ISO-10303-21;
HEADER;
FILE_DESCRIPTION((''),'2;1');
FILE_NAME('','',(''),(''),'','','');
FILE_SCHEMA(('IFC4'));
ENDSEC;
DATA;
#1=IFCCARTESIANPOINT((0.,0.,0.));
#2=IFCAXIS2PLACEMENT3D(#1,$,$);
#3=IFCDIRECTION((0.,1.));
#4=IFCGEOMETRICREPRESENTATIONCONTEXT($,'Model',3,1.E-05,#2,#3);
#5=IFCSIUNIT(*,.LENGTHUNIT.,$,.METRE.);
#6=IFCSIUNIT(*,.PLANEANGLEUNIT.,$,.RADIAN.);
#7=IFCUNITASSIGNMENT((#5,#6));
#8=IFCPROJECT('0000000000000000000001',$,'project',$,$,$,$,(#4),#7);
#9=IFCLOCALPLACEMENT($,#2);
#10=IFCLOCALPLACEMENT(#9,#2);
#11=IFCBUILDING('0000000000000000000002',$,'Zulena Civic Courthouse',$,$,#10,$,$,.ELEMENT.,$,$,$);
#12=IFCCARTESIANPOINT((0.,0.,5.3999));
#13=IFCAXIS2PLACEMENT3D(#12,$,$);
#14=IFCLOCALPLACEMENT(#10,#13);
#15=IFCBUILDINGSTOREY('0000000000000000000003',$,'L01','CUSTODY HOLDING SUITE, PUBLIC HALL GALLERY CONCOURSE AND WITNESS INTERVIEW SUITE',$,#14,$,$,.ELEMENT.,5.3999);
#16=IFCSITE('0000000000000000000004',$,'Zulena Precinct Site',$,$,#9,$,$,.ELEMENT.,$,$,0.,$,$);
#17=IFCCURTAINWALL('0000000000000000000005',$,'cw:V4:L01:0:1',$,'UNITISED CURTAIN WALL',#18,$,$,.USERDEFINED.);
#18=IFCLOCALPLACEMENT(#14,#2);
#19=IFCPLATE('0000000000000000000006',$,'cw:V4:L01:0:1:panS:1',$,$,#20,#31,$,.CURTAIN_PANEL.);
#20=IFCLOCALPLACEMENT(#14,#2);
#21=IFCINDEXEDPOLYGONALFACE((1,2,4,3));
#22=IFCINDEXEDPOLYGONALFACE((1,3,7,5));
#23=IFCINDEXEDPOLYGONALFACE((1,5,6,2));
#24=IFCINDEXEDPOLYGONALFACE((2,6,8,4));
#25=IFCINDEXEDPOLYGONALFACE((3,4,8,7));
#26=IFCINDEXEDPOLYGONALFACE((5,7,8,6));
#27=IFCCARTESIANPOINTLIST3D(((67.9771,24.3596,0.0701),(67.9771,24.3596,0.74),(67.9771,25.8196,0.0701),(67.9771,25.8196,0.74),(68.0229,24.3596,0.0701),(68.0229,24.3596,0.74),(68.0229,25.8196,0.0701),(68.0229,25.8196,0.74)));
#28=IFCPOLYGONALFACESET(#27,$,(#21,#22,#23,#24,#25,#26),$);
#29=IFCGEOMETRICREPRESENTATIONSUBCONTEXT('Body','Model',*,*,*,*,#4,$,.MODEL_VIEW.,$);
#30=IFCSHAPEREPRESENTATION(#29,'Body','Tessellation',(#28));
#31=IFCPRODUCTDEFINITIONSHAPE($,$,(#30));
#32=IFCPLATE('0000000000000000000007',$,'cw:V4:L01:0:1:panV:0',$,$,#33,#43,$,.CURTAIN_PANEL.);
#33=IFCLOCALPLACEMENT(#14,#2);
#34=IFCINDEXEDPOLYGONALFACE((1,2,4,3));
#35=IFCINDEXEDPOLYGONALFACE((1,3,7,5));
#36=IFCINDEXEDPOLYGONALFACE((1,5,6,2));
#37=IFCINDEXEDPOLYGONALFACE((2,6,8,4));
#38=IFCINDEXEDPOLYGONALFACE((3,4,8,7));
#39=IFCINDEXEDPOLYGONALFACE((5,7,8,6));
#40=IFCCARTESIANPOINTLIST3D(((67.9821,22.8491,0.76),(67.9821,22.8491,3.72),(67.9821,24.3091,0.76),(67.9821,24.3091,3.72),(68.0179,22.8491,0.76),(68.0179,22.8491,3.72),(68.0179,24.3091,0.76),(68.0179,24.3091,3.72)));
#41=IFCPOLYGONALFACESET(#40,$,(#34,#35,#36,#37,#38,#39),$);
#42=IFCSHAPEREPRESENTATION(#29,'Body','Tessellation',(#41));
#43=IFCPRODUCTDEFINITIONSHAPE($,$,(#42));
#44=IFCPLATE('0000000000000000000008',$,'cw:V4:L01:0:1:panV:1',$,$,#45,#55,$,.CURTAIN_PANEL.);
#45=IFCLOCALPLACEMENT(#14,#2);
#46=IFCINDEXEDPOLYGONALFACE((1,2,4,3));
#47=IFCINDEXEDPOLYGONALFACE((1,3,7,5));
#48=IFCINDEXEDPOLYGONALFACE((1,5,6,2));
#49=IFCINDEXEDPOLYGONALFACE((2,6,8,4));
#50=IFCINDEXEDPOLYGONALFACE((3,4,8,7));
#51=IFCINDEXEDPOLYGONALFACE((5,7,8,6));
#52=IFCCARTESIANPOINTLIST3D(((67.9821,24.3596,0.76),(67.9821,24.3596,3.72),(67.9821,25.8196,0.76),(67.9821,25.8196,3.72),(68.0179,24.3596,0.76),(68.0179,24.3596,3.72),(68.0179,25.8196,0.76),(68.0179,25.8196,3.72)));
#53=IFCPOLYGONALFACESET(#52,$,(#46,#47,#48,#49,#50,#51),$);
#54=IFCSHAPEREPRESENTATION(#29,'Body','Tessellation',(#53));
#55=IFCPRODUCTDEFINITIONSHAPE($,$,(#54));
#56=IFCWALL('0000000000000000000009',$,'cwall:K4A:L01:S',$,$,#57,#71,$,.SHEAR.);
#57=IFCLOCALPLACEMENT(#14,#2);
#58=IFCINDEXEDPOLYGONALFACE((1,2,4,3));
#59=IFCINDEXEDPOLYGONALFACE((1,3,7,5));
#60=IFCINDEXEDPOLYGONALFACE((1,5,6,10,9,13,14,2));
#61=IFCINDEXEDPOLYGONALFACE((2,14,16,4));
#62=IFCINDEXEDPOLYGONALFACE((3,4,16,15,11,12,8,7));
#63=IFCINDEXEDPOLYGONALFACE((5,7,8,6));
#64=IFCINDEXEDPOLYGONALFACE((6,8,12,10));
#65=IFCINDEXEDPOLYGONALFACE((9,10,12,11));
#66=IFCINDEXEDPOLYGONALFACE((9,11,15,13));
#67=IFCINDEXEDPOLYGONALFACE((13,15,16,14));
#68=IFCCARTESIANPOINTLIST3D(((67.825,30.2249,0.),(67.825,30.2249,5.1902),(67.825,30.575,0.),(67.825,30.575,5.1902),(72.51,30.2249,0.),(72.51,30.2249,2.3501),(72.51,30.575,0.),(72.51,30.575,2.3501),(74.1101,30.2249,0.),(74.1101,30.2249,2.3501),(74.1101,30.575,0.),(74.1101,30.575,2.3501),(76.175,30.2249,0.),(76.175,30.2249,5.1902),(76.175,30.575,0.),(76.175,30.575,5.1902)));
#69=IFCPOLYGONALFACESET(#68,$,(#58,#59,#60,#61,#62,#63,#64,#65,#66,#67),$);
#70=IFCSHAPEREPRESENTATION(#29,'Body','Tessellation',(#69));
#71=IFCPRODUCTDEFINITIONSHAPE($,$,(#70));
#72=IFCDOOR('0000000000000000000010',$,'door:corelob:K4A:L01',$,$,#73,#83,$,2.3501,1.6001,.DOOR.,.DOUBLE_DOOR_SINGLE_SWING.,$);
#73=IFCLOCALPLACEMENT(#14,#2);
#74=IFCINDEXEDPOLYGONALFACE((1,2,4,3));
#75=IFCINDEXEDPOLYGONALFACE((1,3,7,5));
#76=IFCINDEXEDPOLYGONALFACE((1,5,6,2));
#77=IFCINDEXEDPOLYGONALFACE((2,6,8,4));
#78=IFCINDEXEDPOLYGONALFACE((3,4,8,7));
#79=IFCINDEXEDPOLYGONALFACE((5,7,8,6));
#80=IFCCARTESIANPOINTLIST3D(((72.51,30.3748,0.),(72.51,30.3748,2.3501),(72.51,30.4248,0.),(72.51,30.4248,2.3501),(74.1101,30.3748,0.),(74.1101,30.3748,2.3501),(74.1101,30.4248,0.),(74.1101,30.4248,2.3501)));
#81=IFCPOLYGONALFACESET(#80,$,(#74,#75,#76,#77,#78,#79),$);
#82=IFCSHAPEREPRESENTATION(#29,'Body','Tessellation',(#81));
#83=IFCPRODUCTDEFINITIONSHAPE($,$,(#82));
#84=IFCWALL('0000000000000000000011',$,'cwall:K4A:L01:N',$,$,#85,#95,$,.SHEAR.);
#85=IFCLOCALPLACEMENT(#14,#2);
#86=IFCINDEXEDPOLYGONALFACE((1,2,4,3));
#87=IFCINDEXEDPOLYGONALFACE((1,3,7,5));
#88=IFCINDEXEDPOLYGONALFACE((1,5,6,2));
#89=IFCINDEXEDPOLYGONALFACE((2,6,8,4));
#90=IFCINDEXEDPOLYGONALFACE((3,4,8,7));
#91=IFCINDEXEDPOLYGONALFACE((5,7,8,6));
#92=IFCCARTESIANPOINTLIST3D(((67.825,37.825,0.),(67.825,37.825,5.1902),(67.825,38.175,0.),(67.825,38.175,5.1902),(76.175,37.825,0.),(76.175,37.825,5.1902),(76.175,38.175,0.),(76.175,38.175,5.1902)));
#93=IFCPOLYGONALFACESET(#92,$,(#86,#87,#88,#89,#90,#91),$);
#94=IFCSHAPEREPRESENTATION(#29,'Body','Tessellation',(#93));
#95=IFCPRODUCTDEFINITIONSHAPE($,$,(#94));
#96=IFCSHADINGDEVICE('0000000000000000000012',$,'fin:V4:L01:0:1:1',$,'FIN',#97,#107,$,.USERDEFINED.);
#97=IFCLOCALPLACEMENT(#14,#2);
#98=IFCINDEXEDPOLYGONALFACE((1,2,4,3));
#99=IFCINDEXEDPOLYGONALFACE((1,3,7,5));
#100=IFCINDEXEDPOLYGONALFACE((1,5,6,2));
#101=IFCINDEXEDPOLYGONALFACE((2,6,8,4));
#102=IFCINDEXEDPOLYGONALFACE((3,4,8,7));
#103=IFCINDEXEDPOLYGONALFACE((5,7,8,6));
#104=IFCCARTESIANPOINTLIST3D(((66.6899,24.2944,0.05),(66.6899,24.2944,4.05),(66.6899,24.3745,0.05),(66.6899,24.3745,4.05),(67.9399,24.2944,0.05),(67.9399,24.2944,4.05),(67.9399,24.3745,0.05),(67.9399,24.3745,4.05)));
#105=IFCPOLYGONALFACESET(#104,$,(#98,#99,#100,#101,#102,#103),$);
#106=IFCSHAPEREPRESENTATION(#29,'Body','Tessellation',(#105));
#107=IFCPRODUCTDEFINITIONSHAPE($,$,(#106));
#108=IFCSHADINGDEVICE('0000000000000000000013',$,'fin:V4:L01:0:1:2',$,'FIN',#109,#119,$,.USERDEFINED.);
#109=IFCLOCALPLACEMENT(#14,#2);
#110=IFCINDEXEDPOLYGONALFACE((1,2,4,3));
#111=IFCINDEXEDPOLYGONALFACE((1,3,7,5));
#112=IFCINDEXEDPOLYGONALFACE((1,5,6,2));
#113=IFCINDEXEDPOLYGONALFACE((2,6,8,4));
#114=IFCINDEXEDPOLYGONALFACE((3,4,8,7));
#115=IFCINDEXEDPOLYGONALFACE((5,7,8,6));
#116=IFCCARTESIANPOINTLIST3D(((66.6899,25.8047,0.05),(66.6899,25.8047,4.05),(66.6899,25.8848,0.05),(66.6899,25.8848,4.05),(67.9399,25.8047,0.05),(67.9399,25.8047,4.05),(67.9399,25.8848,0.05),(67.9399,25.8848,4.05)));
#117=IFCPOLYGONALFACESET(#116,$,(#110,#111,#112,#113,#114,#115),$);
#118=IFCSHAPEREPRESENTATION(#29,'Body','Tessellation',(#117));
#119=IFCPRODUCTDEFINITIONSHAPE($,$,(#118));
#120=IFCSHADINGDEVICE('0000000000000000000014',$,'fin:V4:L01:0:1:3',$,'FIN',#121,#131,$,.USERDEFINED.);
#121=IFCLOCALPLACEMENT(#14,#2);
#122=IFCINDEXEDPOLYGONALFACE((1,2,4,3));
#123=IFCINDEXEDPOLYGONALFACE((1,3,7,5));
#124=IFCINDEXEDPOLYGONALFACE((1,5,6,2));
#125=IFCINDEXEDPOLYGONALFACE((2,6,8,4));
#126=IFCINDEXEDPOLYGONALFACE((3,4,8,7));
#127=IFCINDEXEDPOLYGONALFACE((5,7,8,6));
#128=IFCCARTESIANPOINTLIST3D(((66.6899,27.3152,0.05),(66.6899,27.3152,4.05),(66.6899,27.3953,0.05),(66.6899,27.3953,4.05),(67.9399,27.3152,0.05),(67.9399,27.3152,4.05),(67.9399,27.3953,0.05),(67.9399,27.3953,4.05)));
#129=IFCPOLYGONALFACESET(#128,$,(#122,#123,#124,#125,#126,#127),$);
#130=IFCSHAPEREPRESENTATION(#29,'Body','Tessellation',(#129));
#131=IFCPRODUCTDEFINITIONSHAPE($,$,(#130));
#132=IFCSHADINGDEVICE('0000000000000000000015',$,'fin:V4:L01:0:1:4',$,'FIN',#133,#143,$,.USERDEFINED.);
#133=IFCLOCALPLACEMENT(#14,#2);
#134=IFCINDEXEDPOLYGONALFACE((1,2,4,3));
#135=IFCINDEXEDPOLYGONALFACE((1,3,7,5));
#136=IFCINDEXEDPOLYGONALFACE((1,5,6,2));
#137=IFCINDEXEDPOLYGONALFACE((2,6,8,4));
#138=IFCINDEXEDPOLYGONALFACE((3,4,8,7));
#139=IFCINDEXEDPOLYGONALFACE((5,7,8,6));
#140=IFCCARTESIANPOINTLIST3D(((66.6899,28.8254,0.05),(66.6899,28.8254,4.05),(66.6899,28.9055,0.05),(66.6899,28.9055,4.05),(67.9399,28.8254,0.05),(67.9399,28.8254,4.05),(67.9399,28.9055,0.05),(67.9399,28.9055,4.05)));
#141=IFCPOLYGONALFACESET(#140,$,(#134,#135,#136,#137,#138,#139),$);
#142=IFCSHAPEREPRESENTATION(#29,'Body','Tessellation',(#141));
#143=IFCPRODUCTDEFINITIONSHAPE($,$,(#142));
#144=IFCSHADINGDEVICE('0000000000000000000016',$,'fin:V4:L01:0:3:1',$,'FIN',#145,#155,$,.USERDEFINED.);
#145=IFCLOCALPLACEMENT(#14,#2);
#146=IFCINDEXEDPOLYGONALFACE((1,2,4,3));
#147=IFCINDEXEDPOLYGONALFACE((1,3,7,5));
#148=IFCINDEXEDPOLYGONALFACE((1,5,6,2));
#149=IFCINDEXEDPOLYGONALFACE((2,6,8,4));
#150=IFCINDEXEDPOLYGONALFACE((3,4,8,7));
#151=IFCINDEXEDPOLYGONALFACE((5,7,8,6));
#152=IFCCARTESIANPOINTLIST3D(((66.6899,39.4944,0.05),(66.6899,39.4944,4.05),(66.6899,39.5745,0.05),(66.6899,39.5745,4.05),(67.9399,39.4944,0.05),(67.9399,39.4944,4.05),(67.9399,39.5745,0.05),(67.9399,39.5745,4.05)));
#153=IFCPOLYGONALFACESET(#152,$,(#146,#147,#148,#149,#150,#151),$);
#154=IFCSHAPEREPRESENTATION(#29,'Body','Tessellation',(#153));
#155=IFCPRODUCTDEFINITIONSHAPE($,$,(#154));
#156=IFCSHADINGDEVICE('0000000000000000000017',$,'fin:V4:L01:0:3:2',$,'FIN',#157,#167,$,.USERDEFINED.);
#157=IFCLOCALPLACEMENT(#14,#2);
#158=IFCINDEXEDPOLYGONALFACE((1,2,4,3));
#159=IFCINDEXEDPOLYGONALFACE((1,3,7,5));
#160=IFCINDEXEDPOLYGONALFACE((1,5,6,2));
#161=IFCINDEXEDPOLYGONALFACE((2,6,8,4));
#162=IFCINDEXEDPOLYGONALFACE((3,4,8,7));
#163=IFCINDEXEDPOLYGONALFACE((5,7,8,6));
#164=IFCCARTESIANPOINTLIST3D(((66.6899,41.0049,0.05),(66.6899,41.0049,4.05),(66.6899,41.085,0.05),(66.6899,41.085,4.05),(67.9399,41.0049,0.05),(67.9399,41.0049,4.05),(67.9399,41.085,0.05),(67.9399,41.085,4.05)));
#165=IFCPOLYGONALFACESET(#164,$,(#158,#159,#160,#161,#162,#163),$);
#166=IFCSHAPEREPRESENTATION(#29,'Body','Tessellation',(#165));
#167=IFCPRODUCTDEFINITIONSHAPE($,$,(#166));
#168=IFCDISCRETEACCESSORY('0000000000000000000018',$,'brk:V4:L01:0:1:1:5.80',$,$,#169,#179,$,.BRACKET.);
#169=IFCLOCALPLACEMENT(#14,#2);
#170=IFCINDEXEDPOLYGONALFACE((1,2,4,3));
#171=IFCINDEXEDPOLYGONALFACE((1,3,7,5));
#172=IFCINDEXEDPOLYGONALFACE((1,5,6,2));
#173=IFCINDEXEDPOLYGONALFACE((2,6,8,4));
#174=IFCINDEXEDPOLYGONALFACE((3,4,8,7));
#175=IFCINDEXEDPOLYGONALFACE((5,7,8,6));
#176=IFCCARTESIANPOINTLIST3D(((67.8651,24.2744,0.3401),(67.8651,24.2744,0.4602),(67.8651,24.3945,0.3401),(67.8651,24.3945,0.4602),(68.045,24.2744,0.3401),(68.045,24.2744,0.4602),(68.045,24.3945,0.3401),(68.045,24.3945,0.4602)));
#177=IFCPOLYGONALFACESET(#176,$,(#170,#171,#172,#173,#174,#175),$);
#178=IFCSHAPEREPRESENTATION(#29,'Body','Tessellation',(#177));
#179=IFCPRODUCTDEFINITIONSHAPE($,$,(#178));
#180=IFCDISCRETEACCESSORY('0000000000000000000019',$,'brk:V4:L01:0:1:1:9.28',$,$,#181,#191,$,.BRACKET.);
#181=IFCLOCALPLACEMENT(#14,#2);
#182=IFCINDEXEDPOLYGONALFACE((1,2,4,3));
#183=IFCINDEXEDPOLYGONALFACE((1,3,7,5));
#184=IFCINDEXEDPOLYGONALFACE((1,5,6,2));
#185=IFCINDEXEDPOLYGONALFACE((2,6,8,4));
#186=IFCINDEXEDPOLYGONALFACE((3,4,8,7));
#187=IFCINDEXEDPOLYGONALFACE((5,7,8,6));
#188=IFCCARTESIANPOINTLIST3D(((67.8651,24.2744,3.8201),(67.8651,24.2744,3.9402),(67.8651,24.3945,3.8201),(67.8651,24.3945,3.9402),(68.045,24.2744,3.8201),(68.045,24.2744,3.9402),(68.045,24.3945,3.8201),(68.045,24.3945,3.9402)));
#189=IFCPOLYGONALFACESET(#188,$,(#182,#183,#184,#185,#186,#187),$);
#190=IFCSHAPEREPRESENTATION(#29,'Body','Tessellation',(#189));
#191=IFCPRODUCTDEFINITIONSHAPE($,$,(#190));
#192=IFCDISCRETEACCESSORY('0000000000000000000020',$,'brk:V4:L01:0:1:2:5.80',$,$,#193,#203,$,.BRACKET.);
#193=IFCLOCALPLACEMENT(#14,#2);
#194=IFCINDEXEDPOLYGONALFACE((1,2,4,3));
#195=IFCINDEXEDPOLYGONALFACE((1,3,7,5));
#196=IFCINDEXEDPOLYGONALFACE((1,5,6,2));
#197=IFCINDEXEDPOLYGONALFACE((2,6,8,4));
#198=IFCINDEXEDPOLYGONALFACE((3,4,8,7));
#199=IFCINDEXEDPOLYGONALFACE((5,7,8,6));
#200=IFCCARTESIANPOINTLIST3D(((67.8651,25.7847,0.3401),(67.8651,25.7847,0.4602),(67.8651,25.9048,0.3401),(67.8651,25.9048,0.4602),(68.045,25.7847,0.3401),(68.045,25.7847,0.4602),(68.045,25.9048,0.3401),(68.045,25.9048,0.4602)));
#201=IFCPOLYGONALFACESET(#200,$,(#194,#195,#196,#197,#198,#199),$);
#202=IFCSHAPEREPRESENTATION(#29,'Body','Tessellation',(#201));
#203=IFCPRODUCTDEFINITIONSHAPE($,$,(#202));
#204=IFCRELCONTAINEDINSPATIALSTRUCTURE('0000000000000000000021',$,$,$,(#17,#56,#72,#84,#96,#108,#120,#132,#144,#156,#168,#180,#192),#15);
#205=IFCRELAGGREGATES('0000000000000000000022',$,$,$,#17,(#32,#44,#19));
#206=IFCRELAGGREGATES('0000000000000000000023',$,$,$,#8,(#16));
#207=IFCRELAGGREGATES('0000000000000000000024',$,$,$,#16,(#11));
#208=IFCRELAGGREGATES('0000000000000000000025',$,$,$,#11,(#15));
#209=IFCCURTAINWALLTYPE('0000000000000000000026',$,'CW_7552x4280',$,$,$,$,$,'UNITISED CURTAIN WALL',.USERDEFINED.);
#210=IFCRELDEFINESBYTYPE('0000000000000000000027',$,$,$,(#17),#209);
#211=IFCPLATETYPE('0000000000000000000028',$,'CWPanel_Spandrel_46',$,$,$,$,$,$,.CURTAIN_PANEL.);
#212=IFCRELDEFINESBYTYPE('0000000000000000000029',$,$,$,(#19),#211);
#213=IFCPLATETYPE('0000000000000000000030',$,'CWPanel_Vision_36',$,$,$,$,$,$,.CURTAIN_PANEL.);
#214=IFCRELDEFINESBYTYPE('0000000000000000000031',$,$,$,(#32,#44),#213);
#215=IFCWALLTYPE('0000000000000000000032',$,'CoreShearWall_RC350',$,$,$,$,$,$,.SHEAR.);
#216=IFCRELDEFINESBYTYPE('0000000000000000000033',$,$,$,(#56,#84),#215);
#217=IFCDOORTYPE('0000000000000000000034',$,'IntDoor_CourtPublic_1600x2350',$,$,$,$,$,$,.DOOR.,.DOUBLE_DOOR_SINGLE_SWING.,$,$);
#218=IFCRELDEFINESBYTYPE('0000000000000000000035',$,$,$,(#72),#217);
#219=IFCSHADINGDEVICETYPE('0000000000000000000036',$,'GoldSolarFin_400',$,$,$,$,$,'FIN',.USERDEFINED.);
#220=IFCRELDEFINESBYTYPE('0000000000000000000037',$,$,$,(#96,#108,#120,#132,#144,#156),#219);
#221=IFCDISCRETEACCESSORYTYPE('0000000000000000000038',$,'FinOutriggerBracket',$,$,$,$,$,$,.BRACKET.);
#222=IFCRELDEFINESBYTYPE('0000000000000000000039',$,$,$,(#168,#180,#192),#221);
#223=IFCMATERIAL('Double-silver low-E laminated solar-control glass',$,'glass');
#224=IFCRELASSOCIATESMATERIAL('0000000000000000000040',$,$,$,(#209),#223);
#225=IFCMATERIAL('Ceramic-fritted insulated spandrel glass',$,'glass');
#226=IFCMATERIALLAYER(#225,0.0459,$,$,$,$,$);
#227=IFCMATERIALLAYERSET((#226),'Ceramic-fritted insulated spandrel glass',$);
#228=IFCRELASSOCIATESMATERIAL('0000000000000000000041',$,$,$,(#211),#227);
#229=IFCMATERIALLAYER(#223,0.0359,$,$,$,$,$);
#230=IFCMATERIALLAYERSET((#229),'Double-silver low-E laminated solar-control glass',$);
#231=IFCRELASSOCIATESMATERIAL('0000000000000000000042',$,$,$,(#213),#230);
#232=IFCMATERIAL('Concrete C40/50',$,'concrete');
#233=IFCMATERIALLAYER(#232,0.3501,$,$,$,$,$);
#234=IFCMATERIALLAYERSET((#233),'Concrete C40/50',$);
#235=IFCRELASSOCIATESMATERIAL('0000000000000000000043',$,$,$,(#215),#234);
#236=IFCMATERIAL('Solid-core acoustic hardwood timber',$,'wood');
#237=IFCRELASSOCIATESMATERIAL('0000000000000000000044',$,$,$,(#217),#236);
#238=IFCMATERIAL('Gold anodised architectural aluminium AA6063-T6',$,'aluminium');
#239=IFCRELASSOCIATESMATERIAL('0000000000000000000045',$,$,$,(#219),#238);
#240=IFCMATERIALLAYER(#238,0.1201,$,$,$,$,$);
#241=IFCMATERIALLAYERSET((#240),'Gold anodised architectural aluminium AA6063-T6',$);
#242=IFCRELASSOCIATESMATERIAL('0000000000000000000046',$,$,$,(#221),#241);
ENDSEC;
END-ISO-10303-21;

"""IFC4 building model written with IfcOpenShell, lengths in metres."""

from ifc_helpers import new_model, si_unit, direction, frame, frame_2d, origin, origin_2d, place, context, subcontext, project, spatial, rectangle, extrude, material, layer, layer_set, type_object, element, fill, aggregate, save


model = new_model("IFC4")

# Units and contexts
model_context = context("Model", 3, precision=1e-05, world=origin(), true_north=direction((0.0, 1.0)))
body_context = subcontext(model_context, "Body", "Model", "MODEL_VIEW")
ifc_project = project(units=[si_unit("LENGTHUNIT", "METRE"), si_unit("PLANEANGLEUNIT", "RADIAN")], contexts=[model_context])

# Site, building, storey
site_placement = place(None, origin())
site = spatial("IfcSite", under=ifc_project, at=site_placement, Name="Zulena Precinct Site", CompositionType="ELEMENT", RefElevation=0.0)
building_placement = place(site_placement, origin())
building = spatial("IfcBuilding", under=site, at=building_placement, Name="Zulena Civic Courthouse", CompositionType="ELEMENT")
storey_placement = place(building_placement, frame((0.0, 0.0, 5.3999)))
storey = spatial("IfcBuildingStorey", under=building, at=storey_placement, Name="L01", Description="CUSTODY HOLDING SUITE, PUBLIC HALL GALLERY CONCOURSE AND WITNESS INTERVIEW SUITE", CompositionType="ELEMENT", Elevation=5.3999)

# Curtain wall, plates
ifc_material_1 = material(Name="Double-silver low-E laminated solar-control glass", Category="glass")
curtain_wall_type = type_object("IfcCurtainWallType", Name="CW_7552x4280", ElementType="UNITISED CURTAIN WALL", PredefinedType="USERDEFINED", material=ifc_material_1)
curtain_wall_placement = place(storey_placement, origin())
curtain_wall = element("IfcCurtainWall", 1, at=curtain_wall_placement, inside=storey, type_object=curtain_wall_type, Name="cw:V4:L01:0:1", ObjectType="UNITISED CURTAIN WALL", PredefinedType="USERDEFINED")
ifc_material_2 = material(Name="Ceramic-fritted insulated spandrel glass", Category="glass")
ifc_layer_1 = layer(ifc_material_2, 0.0459)
ifc_layer_set_1 = layer_set([ifc_layer_1], Name="Ceramic-fritted insulated spandrel glass")
plate_type_1 = type_object("IfcPlateType", Name="CWPanel_Spandrel_46", PredefinedType="CURTAIN_PANEL", material=ifc_layer_set_1)
plate_1_placement = place(storey_placement, frame((68.0, 25.0896, 0.0701), z_axis=(0.0, 0.0, 1.0), x_axis=(0.0, 1.0, 0.0)))
plate_1 = element("IfcPlate", 2, at=plate_1_placement, type_object=plate_type_1, Name="cw:V4:L01:0:1:panS:1", PredefinedType="CURTAIN_PANEL", context=body_context, shape_type="SweptSolid", body=[
    extrude(rectangle(XDim=1.46, YDim=0.0459, at=origin_2d()), origin(), (0.0, 0.0, 1.0), 0.6699),
])
ifc_layer_2 = layer(ifc_material_1, 0.0359)
ifc_layer_set_2 = layer_set([ifc_layer_2], Name="Double-silver low-E laminated solar-control glass")
plate_type_2 = type_object("IfcPlateType", Name="CWPanel_Vision_36", PredefinedType="CURTAIN_PANEL", material=ifc_layer_set_2)
plate_2_placement = place(storey_placement, frame((68.0, 23.5791, 0.76), z_axis=(0.0, 0.0, 1.0), x_axis=(0.0, 1.0, 0.0)))
plate_2 = element("IfcPlate", 3, at=plate_2_placement, type_object=plate_type_2, Name="cw:V4:L01:0:1:panV:0", PredefinedType="CURTAIN_PANEL", context=body_context, shape_type="SweptSolid", body=[
    extrude(rectangle(XDim=1.46, YDim=0.0359, at=origin_2d()), origin(), (0.0, 0.0, 1.0), 2.96),
])
plate_3_placement = place(storey_placement, frame((68.0, 25.0896, 0.76), z_axis=(0.0, 0.0, 1.0), x_axis=(0.0, 1.0, 0.0)))
plate_3 = element("IfcPlate", 4, at=plate_3_placement, type_object=plate_type_2, Name="cw:V4:L01:0:1:panV:1", PredefinedType="CURTAIN_PANEL", context=body_context, shape_type="SweptSolid", body=[
    extrude(rectangle(XDim=1.46, YDim=0.0359, at=origin_2d()), origin(), (0.0, 0.0, 1.0), 2.96),
])
aggregate(curtain_wall, [plate_2, plate_3, plate_1])

# Wall, opening, door
ifc_material_3 = material(Name="Concrete C40/50", Category="concrete")
ifc_layer_3 = layer(ifc_material_3, 0.3501)
ifc_layer_set_3 = layer_set([ifc_layer_3], Name="Concrete C40/50")
wall_type = type_object("IfcWallType", Name="CoreShearWall_RC350", PredefinedType="SHEAR", material=ifc_layer_set_3)
wall_1_placement = place(storey_placement, frame((67.825, 30.3999, 0.0), z_axis=(0.0, 0.0, 1.0), x_axis=(1.0, 0.0, 0.0)))
wall_1 = element("IfcWall", 5, at=wall_1_placement, inside=storey, type_object=wall_type, Name="cwall:K4A:L01:S", PredefinedType="SHEAR", context=body_context, shape_type="SweptSolid", body=[
    extrude(rectangle(XDim=8.3501, YDim=0.3501, at=frame_2d((4.175, 0.0))), origin(), (0.0, 0.0, 1.0), 5.1902),
])
opening_placement = place(wall_1_placement, frame((4.6851, 0.0, 0.0)))
opening = element("IfcOpeningElement", 6, at=opening_placement, cuts=wall_1, PredefinedType="OPENING", context=body_context, shape_type="SweptSolid", body=[
    extrude(rectangle(XDim=1.6001, YDim=2.3501, at=frame_2d((0.8, 1.175))), frame((0.0, 0.1851, 0.0), z_axis=(0.0, -1.0, 0.0), x_axis=(1.0, 0.0, 0.0)), (0.0, 0.0, 1.0), 0.3701),
])
ifc_material_4 = material(Name="Solid-core acoustic hardwood timber", Category="wood")
door_type = type_object("IfcDoorType", Name="IntDoor_CourtPublic_1600x2350", OperationType="DOUBLE_DOOR_SINGLE_SWING", PredefinedType="DOOR", material=ifc_material_4)
door_placement = place(opening_placement, origin())
door = element("IfcDoor", 7, at=door_placement, inside=storey, type_object=door_type, Name="door:corelob:K4A:L01", OperationType="DOUBLE_DOOR_SINGLE_SWING", OverallHeight=2.3501, OverallWidth=1.6001, PredefinedType="DOOR", context=body_context, shape_type="SweptSolid", body=[
    extrude(rectangle(XDim=1.6001, YDim=2.3501, at=frame_2d((0.8, 1.175))), frame((0.0, 0.0249, 0.0), z_axis=(0.0, -1.0, 0.0), x_axis=(1.0, 0.0, 0.0)), (0.0, 0.0, 1.0), 0.05),
])
fill(opening, door)

# Wall
wall_2_placement = place(storey_placement, frame((67.825, 38.0, 0.0), z_axis=(0.0, 0.0, 1.0), x_axis=(1.0, 0.0, 0.0)))
element("IfcWall", 8, at=wall_2_placement, inside=storey, type_object=wall_type, Name="cwall:K4A:L01:N", PredefinedType="SHEAR", context=body_context, shape_type="SweptSolid", body=[
    extrude(rectangle(XDim=8.3501, YDim=0.3501, at=frame_2d((4.175, 0.0))), origin(), (0.0, 0.0, 1.0), 5.1902),
])

# Shading devices
ifc_material_5 = material(Name="Gold anodised architectural aluminium AA6063-T6", Category="aluminium")
shading_device_type = type_object("IfcShadingDeviceType", Name="GoldSolarFin_400", ElementType="FIN", PredefinedType="USERDEFINED", material=ifc_material_5)
for number, where, z_axis, x_axis, name in (
    (9, (67.3149, 24.3345, 0.05), (0.0, 0.0, 1.0), (-1.0, 0.0, 0.0), "fin:V4:L01:0:1:1"),
    (10, (67.3149, 25.8447, 0.05), (0.0, 0.0, 1.0), (-1.0, 0.0, 0.0), "fin:V4:L01:0:1:2"),
    (11, (67.3149, 27.3552, 0.05), (0.0, 0.0, 1.0), (-1.0, 0.0, 0.0), "fin:V4:L01:0:1:3"),
    (12, (67.3149, 28.8655, 0.05), (0.0, 0.0, 1.0), (-1.0, 0.0, 0.0), "fin:V4:L01:0:1:4"),
    (13, (67.3149, 39.5344, 0.05), (0.0, 0.0, 1.0), (-1.0, 0.0, 0.0), "fin:V4:L01:0:3:1"),
    (14, (67.3149, 41.0449, 0.05), (0.0, 0.0, 1.0), (-1.0, 0.0, 0.0), "fin:V4:L01:0:3:2"),
):
    element("IfcShadingDevice", number, at=place(storey_placement, frame(where, z_axis=z_axis, x_axis=x_axis)), inside=storey, type_object=shading_device_type, Name=name, ObjectType="FIN", PredefinedType="USERDEFINED", context=body_context, shape_type="SweptSolid", body=[
        extrude(rectangle(XDim=1.25, YDim=0.0801, at=origin_2d()), origin(), (0.0, 0.0, 1.0), 4.0),
    ])

# Discrete accessories
ifc_layer_4 = layer(ifc_material_5, 0.1201)
ifc_layer_set_4 = layer_set([ifc_layer_4], Name="Gold anodised architectural aluminium AA6063-T6")
discrete_accessory_type = type_object("IfcDiscreteAccessoryType", Name="FinOutriggerBracket", PredefinedType="BRACKET", material=ifc_layer_set_4)
for number, where, z_axis, x_axis, name in (
    (15, (67.9551, 24.3345, 0.3401), (0.0, 0.0, 1.0), (-1.0, 0.0, 0.0), "brk:V4:L01:0:1:1:5.80"),
    (16, (67.9551, 24.3345, 3.8201), (0.0, 0.0, 1.0), (-1.0, 0.0, 0.0), "brk:V4:L01:0:1:1:9.28"),
    (17, (67.9551, 25.8447, 0.3401), (0.0, 0.0, 1.0), (-1.0, 0.0, 0.0), "brk:V4:L01:0:1:2:5.80"),
):
    element("IfcDiscreteAccessory", number, at=place(storey_placement, frame(where, z_axis=z_axis, x_axis=x_axis)), inside=storey, type_object=discrete_accessory_type, Name=name, PredefinedType="BRACKET", context=body_context, shape_type="SweptSolid", body=[
        extrude(rectangle(XDim=0.1799, YDim=0.1201, at=origin_2d()), origin(), (0.0, 0.0, 1.0), 0.1201),
    ])

save(model, "model.ifc")
